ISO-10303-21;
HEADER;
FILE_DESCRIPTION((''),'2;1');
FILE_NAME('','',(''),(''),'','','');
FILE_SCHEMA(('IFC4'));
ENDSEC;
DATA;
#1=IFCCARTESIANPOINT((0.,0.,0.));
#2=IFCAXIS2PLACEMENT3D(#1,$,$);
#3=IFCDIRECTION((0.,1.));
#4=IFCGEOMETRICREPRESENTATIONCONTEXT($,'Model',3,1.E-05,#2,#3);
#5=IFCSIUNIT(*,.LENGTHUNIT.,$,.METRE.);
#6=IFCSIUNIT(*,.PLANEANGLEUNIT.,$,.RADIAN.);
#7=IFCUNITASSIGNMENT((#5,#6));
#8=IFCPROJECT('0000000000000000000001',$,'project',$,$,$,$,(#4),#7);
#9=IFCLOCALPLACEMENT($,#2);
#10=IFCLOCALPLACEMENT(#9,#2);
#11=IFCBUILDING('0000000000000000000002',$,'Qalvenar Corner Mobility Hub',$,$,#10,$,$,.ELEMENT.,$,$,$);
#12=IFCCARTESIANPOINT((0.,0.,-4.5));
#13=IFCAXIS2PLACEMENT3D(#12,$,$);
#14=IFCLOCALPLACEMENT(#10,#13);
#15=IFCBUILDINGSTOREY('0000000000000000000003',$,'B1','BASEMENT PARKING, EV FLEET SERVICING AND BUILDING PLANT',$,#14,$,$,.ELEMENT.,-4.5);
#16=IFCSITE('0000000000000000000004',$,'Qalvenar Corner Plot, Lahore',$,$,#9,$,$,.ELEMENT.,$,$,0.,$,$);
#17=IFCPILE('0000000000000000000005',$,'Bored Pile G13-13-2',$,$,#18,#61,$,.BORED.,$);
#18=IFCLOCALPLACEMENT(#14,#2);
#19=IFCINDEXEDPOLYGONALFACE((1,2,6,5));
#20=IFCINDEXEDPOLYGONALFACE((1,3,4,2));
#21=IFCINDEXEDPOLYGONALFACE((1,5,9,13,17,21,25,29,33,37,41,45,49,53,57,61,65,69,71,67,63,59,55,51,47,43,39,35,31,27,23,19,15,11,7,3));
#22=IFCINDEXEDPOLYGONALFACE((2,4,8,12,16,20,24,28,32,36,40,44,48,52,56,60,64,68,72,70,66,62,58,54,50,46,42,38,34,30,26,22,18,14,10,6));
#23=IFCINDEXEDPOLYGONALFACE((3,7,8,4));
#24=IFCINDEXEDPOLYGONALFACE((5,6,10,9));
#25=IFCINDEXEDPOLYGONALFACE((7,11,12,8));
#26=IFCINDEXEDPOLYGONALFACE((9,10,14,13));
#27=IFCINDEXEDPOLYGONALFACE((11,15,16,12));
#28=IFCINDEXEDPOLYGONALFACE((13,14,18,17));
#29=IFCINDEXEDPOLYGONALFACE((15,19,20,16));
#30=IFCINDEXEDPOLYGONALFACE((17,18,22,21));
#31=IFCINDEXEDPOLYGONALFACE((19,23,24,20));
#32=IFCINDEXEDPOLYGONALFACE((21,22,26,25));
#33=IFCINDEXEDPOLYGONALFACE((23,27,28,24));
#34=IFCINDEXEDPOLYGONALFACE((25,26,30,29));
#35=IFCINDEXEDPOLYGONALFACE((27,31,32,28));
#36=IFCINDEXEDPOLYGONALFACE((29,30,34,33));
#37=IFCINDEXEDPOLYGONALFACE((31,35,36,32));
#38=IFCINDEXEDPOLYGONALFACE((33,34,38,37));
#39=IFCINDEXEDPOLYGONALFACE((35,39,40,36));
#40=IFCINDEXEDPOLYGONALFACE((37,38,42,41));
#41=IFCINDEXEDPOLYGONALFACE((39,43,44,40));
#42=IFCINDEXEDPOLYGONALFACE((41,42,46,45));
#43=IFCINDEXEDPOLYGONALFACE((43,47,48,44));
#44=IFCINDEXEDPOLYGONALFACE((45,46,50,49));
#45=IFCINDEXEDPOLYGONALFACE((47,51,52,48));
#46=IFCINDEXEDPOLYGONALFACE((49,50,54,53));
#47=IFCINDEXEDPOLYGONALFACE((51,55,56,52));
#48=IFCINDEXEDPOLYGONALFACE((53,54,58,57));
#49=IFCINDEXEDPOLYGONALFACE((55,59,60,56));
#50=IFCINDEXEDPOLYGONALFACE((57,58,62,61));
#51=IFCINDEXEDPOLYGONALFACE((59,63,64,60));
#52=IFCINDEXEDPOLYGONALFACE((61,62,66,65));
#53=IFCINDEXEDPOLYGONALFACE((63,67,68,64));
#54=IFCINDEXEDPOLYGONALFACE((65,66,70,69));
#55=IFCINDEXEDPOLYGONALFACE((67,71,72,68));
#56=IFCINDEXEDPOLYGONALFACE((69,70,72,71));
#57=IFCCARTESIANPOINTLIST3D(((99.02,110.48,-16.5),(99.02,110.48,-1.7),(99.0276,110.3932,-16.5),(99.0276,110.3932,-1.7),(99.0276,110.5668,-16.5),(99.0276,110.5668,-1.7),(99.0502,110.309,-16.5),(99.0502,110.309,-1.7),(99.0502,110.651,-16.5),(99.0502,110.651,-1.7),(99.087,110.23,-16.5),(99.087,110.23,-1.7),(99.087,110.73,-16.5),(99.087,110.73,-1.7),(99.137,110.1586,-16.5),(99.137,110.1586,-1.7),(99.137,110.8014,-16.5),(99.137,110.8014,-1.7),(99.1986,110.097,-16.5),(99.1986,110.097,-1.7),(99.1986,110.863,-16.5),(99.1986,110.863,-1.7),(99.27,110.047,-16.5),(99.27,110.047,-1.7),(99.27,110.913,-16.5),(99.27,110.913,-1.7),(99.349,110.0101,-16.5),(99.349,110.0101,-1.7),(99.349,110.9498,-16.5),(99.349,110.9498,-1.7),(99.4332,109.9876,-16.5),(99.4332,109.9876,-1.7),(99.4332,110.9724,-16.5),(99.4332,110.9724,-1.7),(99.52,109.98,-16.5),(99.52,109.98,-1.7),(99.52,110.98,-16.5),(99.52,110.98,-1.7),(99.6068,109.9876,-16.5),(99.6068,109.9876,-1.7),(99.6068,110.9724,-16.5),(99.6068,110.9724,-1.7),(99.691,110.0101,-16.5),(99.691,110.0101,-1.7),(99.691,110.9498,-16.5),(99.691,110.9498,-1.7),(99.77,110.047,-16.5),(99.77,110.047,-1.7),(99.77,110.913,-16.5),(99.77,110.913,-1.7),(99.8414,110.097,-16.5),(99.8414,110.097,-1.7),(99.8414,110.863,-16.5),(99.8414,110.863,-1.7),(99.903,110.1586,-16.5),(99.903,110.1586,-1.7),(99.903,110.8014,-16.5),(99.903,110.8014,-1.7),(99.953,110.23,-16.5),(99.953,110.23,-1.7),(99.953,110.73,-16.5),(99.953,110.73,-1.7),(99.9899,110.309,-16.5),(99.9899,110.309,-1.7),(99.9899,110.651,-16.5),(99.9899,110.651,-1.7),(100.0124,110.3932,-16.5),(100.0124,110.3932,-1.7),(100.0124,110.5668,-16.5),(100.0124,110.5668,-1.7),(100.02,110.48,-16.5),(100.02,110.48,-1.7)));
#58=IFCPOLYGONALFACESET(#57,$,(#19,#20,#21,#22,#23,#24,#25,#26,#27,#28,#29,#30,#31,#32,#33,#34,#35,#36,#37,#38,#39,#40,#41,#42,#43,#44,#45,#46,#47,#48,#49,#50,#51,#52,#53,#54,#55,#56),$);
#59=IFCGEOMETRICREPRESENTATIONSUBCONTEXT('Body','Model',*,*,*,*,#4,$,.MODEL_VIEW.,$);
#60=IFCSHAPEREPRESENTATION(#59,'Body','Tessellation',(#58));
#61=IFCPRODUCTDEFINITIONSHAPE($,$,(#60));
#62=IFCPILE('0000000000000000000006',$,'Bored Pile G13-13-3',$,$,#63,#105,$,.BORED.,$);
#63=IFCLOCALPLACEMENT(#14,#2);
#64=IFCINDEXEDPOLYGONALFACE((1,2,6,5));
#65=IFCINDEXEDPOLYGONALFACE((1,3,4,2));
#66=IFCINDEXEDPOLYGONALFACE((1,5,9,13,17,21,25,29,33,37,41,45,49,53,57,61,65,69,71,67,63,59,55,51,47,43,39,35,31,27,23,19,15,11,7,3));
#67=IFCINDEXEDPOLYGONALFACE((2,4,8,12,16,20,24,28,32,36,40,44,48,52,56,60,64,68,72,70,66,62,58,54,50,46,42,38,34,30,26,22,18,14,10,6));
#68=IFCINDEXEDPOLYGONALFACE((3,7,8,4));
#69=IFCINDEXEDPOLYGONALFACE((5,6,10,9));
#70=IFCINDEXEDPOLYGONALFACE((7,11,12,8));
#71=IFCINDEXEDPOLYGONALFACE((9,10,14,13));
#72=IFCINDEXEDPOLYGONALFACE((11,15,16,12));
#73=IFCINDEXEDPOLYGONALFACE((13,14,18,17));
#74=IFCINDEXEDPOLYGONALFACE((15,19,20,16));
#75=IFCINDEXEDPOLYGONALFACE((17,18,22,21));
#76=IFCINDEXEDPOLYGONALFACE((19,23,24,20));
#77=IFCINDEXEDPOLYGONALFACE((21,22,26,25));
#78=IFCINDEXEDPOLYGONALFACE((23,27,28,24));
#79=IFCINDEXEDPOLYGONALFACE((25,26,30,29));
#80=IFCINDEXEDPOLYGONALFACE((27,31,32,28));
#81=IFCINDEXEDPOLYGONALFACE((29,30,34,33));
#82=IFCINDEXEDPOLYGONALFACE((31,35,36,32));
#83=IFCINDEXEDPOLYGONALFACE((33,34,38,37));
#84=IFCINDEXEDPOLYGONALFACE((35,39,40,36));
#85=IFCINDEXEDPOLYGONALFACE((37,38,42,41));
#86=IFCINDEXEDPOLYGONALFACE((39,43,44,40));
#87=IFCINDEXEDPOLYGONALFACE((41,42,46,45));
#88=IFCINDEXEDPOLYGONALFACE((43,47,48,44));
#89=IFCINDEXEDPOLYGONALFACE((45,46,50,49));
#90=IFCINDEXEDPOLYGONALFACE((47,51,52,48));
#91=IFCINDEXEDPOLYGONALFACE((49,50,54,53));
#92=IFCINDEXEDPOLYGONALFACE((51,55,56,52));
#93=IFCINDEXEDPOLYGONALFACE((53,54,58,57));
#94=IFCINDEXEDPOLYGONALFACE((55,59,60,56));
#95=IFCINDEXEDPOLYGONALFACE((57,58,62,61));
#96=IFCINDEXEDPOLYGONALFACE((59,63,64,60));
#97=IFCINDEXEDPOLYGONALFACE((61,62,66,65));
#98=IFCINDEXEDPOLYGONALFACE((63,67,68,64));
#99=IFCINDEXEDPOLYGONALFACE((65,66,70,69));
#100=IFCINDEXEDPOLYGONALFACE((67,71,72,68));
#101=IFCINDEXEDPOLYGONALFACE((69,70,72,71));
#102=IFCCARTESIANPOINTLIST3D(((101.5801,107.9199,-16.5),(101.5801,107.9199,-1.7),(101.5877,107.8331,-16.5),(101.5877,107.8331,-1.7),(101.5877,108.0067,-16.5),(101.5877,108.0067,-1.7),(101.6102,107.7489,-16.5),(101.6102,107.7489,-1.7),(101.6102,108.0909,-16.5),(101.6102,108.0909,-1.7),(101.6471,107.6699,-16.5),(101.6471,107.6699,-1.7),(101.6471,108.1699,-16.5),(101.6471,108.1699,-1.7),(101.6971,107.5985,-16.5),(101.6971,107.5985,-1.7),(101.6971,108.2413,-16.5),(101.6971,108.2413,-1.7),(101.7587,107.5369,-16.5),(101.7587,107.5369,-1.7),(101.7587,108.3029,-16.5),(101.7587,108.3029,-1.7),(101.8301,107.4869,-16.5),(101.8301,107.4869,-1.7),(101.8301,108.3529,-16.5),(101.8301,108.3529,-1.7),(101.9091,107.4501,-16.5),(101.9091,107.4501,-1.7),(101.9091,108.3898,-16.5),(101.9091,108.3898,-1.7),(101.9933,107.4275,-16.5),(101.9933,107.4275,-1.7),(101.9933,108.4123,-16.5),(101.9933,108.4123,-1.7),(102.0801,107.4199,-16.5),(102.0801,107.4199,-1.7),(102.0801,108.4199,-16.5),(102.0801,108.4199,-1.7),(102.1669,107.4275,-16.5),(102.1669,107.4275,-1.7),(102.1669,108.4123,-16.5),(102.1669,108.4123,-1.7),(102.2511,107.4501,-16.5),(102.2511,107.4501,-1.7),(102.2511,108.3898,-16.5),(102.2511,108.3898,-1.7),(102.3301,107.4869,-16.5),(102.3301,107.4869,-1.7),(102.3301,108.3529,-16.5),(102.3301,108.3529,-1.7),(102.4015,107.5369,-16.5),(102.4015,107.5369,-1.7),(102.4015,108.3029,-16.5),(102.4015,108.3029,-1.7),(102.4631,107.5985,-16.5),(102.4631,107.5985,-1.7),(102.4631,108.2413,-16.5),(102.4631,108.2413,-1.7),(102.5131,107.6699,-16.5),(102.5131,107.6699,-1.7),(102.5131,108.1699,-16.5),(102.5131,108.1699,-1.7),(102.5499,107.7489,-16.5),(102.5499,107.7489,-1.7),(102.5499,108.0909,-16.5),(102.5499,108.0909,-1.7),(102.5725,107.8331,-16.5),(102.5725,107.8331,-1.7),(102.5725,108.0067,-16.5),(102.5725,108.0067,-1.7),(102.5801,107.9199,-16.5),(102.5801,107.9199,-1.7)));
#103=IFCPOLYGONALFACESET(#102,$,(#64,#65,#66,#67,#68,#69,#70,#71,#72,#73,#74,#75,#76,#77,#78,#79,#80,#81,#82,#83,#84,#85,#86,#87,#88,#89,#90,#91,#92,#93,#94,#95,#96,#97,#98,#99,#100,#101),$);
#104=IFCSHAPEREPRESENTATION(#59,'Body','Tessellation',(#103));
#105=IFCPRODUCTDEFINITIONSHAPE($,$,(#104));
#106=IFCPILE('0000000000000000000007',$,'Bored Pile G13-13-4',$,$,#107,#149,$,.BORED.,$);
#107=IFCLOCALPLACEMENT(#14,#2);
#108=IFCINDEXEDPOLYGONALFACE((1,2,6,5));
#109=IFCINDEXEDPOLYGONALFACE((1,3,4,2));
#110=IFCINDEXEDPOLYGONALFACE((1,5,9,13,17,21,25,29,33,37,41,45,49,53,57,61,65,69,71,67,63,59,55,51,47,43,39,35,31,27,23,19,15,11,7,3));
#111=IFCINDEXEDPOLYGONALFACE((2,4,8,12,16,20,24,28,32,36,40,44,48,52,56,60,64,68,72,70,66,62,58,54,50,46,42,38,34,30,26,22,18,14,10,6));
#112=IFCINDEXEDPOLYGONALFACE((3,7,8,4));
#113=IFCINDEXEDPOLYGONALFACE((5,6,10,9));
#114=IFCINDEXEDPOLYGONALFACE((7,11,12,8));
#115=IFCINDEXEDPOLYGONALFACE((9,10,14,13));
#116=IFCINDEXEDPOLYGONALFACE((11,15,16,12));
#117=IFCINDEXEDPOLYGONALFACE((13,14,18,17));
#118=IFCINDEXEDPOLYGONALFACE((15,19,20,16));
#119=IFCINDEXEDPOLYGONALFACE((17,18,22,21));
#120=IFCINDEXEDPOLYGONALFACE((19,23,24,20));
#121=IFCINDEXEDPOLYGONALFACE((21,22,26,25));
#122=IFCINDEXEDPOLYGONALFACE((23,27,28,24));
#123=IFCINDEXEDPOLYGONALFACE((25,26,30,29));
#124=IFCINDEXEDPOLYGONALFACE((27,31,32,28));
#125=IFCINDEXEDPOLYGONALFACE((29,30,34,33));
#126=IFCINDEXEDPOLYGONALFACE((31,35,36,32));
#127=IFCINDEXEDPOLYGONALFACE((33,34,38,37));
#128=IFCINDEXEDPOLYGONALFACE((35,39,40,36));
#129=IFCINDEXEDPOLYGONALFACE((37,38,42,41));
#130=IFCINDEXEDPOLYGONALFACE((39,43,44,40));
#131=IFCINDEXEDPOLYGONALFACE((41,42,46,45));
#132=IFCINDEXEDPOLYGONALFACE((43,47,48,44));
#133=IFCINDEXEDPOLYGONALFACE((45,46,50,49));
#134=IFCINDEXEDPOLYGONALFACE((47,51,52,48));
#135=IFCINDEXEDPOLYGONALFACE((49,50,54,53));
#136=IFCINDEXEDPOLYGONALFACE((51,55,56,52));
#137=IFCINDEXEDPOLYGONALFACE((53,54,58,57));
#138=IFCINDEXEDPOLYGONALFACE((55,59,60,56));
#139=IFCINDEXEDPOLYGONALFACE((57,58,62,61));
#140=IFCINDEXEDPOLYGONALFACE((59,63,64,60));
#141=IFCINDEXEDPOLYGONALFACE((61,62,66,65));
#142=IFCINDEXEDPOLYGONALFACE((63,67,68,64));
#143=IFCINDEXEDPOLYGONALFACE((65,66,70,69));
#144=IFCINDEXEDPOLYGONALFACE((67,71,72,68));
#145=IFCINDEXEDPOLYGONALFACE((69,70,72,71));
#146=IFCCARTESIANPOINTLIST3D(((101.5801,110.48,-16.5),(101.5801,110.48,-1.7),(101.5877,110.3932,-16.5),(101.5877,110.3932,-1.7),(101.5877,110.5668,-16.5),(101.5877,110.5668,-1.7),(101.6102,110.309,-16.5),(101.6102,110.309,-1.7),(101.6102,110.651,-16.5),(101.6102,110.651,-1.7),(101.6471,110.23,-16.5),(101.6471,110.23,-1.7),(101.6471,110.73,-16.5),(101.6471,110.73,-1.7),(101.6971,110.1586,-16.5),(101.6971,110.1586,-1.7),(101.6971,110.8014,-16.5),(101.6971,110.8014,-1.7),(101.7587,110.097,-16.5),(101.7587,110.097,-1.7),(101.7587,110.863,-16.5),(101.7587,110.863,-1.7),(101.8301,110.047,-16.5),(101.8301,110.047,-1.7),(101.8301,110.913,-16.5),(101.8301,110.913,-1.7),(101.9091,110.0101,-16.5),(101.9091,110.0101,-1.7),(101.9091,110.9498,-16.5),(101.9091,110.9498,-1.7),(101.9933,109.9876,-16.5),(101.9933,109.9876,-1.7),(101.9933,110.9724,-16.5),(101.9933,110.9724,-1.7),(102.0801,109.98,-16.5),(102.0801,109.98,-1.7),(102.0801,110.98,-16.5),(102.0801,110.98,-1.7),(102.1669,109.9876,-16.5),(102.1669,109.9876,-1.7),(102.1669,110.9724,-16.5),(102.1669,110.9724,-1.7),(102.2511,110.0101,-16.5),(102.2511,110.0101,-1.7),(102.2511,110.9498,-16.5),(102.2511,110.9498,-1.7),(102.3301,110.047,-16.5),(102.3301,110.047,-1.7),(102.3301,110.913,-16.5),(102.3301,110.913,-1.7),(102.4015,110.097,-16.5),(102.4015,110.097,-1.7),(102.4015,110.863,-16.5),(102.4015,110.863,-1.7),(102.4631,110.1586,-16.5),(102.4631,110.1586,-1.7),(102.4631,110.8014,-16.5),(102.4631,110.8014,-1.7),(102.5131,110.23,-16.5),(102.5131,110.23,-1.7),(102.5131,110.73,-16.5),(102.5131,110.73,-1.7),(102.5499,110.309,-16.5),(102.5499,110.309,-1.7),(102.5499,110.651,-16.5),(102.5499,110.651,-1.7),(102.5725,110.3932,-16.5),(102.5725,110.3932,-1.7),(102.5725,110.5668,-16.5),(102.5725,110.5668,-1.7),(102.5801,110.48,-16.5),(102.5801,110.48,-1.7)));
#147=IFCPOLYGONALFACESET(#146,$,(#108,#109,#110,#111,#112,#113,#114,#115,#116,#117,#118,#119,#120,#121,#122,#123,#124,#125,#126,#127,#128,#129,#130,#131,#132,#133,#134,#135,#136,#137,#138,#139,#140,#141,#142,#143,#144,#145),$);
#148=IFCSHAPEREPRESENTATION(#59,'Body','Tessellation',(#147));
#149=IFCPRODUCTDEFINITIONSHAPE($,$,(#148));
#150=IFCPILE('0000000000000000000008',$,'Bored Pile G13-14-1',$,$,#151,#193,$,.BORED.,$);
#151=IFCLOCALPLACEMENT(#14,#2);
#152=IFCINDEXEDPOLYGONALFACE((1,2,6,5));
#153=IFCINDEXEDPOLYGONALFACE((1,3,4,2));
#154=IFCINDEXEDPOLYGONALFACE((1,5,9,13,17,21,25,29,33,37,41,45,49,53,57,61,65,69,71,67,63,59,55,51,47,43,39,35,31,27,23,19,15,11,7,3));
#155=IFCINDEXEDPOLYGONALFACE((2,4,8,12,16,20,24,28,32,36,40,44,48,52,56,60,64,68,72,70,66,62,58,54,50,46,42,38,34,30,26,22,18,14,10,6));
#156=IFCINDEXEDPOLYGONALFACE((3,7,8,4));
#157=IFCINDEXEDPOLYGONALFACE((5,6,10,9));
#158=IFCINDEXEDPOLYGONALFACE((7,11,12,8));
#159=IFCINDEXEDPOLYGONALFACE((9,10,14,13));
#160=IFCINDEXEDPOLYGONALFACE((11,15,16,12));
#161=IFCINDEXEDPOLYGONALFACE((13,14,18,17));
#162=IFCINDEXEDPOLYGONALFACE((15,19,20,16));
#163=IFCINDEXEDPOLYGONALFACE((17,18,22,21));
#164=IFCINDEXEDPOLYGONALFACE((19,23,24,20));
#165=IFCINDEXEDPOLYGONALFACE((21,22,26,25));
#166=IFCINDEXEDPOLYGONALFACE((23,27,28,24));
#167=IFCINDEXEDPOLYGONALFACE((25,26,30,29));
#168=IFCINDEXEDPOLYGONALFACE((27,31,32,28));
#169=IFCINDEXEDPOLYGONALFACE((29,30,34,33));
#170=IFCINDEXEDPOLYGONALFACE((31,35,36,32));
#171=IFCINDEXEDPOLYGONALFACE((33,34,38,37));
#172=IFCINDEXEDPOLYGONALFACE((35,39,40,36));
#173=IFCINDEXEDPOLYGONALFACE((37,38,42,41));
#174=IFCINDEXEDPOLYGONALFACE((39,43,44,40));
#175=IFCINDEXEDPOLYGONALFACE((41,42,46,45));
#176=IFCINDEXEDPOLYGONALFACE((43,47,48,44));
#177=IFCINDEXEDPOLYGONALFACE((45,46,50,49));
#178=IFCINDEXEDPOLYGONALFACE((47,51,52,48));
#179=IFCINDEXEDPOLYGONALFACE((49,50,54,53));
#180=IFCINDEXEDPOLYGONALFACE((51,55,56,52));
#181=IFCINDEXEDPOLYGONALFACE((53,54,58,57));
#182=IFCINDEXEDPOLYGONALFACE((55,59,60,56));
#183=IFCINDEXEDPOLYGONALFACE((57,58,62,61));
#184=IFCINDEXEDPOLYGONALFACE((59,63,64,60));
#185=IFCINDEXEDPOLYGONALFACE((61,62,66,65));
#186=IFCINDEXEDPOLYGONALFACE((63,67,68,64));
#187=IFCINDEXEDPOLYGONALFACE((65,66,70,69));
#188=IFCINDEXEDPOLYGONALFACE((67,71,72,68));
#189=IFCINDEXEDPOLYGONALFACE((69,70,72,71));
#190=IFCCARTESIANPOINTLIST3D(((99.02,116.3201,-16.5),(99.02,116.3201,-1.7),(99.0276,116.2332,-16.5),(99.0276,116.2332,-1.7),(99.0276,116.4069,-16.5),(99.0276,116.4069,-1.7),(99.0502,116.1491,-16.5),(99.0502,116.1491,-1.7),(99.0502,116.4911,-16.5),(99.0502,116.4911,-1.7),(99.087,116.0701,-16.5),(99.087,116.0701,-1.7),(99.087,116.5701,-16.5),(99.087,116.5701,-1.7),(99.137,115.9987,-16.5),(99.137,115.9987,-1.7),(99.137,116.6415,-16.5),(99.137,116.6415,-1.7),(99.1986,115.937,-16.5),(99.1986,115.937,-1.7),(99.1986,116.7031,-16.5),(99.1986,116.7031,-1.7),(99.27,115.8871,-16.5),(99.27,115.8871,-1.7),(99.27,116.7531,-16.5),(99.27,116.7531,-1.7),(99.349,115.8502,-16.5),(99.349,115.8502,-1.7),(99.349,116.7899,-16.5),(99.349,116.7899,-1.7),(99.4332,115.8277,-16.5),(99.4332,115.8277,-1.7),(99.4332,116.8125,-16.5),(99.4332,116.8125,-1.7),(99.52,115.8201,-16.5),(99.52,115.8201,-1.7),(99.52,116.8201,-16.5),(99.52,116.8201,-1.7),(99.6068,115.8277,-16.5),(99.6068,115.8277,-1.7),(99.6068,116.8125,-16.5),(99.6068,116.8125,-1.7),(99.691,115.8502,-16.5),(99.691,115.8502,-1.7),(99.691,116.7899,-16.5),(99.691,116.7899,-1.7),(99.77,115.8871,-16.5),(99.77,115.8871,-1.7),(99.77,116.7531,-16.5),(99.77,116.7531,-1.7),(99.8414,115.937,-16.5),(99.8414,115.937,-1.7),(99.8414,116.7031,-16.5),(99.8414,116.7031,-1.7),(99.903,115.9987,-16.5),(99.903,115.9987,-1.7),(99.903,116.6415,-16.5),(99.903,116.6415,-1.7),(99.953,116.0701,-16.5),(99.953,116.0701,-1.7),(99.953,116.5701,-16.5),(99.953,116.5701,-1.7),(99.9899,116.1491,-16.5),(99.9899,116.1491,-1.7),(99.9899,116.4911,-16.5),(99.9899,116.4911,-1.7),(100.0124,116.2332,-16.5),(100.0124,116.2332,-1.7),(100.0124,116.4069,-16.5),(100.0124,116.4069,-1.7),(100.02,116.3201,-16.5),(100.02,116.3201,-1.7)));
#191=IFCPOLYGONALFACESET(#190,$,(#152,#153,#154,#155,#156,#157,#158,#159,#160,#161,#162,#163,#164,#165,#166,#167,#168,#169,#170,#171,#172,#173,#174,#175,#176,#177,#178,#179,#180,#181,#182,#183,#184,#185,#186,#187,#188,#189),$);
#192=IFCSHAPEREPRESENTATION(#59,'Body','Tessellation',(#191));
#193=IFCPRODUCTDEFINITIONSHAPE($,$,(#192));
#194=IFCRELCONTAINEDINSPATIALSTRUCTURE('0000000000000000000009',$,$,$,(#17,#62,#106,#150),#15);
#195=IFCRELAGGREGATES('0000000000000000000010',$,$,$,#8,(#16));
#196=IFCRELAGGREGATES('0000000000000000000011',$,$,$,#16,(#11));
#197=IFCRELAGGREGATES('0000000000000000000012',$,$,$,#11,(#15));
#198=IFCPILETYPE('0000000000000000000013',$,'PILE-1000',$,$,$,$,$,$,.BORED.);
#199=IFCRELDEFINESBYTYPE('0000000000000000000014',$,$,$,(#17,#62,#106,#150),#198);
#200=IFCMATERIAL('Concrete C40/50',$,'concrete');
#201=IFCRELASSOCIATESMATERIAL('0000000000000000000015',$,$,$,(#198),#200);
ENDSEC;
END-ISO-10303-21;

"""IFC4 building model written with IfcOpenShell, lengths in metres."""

from ifc_helpers import new_model, si_unit, direction, frame, origin, origin_2d, place, context, subcontext, project, spatial, circle, extrude, material, material_profile, profile_set, type_object, element, save


model = new_model("IFC4")

# Units and contexts
model_context = context("Model", 3, precision=1e-05, world=origin(), true_north=direction((0.0, 1.0)))
body_context = subcontext(model_context, "Body", "Model", "MODEL_VIEW")
ifc_project = project(units=[si_unit("LENGTHUNIT", "METRE"), si_unit("PLANEANGLEUNIT", "RADIAN")], contexts=[model_context])

# Site, building, storey
site_placement = place(None, origin())
site = spatial("IfcSite", under=ifc_project, at=site_placement, Name="Qalvenar Corner Plot, Lahore", CompositionType="ELEMENT", RefElevation=0.0)
building_placement = place(site_placement, origin())
building = spatial("IfcBuilding", under=site, at=building_placement, Name="Qalvenar Corner Mobility Hub", CompositionType="ELEMENT")
storey_placement = place(building_placement, frame((0.0, 0.0, -4.5)))
storey = spatial("IfcBuildingStorey", under=building, at=storey_placement, Name="B1", Description="BASEMENT PARKING, EV FLEET SERVICING AND BUILDING PLANT", CompositionType="ELEMENT", Elevation=-4.5)

# Shared definitions
ifc_material_1 = material(Name="Concrete C40/50", Category="concrete")

# Piles
ifc_material_profile_1 = material_profile(ifc_material_1, circle(Radius=0.5, at=origin_2d()), Name="DIA1000")
ifc_profile_set_1 = profile_set([ifc_material_profile_1], Name="Concrete C40/50")
pile_type = type_object("IfcPileType", Name="PILE-1000", PredefinedType="BORED", material=ifc_profile_set_1)
for number, where, z_axis, x_axis, name in (
    (1, (99.52, 110.48, -1.7), (0.0, 0.0, -1.0), (1.0, 0.0, 0.0), "Bored Pile G13-13-2"),
    (2, (102.0801, 107.9199, -1.7), (0.0, 0.0, -1.0), (1.0, 0.0, 0.0), "Bored Pile G13-13-3"),
    (3, (102.0801, 110.48, -1.7), (0.0, 0.0, -1.0), (1.0, 0.0, 0.0), "Bored Pile G13-13-4"),
    (4, (99.52, 116.3201, -1.7), (0.0, 0.0, -1.0), (1.0, 0.0, 0.0), "Bored Pile G13-14-1"),
):
    element("IfcPile", number, at=place(storey_placement, frame(where, z_axis=z_axis, x_axis=x_axis)), inside=storey, type_object=pile_type, Name=name, PredefinedType="BORED", context=body_context, shape_type="SweptSolid", body=[
        extrude(circle(Radius=0.5, at=origin_2d()), origin(), (0.0, 0.0, 1.0), 14.8),
    ])

save(model, "model.ifc")
